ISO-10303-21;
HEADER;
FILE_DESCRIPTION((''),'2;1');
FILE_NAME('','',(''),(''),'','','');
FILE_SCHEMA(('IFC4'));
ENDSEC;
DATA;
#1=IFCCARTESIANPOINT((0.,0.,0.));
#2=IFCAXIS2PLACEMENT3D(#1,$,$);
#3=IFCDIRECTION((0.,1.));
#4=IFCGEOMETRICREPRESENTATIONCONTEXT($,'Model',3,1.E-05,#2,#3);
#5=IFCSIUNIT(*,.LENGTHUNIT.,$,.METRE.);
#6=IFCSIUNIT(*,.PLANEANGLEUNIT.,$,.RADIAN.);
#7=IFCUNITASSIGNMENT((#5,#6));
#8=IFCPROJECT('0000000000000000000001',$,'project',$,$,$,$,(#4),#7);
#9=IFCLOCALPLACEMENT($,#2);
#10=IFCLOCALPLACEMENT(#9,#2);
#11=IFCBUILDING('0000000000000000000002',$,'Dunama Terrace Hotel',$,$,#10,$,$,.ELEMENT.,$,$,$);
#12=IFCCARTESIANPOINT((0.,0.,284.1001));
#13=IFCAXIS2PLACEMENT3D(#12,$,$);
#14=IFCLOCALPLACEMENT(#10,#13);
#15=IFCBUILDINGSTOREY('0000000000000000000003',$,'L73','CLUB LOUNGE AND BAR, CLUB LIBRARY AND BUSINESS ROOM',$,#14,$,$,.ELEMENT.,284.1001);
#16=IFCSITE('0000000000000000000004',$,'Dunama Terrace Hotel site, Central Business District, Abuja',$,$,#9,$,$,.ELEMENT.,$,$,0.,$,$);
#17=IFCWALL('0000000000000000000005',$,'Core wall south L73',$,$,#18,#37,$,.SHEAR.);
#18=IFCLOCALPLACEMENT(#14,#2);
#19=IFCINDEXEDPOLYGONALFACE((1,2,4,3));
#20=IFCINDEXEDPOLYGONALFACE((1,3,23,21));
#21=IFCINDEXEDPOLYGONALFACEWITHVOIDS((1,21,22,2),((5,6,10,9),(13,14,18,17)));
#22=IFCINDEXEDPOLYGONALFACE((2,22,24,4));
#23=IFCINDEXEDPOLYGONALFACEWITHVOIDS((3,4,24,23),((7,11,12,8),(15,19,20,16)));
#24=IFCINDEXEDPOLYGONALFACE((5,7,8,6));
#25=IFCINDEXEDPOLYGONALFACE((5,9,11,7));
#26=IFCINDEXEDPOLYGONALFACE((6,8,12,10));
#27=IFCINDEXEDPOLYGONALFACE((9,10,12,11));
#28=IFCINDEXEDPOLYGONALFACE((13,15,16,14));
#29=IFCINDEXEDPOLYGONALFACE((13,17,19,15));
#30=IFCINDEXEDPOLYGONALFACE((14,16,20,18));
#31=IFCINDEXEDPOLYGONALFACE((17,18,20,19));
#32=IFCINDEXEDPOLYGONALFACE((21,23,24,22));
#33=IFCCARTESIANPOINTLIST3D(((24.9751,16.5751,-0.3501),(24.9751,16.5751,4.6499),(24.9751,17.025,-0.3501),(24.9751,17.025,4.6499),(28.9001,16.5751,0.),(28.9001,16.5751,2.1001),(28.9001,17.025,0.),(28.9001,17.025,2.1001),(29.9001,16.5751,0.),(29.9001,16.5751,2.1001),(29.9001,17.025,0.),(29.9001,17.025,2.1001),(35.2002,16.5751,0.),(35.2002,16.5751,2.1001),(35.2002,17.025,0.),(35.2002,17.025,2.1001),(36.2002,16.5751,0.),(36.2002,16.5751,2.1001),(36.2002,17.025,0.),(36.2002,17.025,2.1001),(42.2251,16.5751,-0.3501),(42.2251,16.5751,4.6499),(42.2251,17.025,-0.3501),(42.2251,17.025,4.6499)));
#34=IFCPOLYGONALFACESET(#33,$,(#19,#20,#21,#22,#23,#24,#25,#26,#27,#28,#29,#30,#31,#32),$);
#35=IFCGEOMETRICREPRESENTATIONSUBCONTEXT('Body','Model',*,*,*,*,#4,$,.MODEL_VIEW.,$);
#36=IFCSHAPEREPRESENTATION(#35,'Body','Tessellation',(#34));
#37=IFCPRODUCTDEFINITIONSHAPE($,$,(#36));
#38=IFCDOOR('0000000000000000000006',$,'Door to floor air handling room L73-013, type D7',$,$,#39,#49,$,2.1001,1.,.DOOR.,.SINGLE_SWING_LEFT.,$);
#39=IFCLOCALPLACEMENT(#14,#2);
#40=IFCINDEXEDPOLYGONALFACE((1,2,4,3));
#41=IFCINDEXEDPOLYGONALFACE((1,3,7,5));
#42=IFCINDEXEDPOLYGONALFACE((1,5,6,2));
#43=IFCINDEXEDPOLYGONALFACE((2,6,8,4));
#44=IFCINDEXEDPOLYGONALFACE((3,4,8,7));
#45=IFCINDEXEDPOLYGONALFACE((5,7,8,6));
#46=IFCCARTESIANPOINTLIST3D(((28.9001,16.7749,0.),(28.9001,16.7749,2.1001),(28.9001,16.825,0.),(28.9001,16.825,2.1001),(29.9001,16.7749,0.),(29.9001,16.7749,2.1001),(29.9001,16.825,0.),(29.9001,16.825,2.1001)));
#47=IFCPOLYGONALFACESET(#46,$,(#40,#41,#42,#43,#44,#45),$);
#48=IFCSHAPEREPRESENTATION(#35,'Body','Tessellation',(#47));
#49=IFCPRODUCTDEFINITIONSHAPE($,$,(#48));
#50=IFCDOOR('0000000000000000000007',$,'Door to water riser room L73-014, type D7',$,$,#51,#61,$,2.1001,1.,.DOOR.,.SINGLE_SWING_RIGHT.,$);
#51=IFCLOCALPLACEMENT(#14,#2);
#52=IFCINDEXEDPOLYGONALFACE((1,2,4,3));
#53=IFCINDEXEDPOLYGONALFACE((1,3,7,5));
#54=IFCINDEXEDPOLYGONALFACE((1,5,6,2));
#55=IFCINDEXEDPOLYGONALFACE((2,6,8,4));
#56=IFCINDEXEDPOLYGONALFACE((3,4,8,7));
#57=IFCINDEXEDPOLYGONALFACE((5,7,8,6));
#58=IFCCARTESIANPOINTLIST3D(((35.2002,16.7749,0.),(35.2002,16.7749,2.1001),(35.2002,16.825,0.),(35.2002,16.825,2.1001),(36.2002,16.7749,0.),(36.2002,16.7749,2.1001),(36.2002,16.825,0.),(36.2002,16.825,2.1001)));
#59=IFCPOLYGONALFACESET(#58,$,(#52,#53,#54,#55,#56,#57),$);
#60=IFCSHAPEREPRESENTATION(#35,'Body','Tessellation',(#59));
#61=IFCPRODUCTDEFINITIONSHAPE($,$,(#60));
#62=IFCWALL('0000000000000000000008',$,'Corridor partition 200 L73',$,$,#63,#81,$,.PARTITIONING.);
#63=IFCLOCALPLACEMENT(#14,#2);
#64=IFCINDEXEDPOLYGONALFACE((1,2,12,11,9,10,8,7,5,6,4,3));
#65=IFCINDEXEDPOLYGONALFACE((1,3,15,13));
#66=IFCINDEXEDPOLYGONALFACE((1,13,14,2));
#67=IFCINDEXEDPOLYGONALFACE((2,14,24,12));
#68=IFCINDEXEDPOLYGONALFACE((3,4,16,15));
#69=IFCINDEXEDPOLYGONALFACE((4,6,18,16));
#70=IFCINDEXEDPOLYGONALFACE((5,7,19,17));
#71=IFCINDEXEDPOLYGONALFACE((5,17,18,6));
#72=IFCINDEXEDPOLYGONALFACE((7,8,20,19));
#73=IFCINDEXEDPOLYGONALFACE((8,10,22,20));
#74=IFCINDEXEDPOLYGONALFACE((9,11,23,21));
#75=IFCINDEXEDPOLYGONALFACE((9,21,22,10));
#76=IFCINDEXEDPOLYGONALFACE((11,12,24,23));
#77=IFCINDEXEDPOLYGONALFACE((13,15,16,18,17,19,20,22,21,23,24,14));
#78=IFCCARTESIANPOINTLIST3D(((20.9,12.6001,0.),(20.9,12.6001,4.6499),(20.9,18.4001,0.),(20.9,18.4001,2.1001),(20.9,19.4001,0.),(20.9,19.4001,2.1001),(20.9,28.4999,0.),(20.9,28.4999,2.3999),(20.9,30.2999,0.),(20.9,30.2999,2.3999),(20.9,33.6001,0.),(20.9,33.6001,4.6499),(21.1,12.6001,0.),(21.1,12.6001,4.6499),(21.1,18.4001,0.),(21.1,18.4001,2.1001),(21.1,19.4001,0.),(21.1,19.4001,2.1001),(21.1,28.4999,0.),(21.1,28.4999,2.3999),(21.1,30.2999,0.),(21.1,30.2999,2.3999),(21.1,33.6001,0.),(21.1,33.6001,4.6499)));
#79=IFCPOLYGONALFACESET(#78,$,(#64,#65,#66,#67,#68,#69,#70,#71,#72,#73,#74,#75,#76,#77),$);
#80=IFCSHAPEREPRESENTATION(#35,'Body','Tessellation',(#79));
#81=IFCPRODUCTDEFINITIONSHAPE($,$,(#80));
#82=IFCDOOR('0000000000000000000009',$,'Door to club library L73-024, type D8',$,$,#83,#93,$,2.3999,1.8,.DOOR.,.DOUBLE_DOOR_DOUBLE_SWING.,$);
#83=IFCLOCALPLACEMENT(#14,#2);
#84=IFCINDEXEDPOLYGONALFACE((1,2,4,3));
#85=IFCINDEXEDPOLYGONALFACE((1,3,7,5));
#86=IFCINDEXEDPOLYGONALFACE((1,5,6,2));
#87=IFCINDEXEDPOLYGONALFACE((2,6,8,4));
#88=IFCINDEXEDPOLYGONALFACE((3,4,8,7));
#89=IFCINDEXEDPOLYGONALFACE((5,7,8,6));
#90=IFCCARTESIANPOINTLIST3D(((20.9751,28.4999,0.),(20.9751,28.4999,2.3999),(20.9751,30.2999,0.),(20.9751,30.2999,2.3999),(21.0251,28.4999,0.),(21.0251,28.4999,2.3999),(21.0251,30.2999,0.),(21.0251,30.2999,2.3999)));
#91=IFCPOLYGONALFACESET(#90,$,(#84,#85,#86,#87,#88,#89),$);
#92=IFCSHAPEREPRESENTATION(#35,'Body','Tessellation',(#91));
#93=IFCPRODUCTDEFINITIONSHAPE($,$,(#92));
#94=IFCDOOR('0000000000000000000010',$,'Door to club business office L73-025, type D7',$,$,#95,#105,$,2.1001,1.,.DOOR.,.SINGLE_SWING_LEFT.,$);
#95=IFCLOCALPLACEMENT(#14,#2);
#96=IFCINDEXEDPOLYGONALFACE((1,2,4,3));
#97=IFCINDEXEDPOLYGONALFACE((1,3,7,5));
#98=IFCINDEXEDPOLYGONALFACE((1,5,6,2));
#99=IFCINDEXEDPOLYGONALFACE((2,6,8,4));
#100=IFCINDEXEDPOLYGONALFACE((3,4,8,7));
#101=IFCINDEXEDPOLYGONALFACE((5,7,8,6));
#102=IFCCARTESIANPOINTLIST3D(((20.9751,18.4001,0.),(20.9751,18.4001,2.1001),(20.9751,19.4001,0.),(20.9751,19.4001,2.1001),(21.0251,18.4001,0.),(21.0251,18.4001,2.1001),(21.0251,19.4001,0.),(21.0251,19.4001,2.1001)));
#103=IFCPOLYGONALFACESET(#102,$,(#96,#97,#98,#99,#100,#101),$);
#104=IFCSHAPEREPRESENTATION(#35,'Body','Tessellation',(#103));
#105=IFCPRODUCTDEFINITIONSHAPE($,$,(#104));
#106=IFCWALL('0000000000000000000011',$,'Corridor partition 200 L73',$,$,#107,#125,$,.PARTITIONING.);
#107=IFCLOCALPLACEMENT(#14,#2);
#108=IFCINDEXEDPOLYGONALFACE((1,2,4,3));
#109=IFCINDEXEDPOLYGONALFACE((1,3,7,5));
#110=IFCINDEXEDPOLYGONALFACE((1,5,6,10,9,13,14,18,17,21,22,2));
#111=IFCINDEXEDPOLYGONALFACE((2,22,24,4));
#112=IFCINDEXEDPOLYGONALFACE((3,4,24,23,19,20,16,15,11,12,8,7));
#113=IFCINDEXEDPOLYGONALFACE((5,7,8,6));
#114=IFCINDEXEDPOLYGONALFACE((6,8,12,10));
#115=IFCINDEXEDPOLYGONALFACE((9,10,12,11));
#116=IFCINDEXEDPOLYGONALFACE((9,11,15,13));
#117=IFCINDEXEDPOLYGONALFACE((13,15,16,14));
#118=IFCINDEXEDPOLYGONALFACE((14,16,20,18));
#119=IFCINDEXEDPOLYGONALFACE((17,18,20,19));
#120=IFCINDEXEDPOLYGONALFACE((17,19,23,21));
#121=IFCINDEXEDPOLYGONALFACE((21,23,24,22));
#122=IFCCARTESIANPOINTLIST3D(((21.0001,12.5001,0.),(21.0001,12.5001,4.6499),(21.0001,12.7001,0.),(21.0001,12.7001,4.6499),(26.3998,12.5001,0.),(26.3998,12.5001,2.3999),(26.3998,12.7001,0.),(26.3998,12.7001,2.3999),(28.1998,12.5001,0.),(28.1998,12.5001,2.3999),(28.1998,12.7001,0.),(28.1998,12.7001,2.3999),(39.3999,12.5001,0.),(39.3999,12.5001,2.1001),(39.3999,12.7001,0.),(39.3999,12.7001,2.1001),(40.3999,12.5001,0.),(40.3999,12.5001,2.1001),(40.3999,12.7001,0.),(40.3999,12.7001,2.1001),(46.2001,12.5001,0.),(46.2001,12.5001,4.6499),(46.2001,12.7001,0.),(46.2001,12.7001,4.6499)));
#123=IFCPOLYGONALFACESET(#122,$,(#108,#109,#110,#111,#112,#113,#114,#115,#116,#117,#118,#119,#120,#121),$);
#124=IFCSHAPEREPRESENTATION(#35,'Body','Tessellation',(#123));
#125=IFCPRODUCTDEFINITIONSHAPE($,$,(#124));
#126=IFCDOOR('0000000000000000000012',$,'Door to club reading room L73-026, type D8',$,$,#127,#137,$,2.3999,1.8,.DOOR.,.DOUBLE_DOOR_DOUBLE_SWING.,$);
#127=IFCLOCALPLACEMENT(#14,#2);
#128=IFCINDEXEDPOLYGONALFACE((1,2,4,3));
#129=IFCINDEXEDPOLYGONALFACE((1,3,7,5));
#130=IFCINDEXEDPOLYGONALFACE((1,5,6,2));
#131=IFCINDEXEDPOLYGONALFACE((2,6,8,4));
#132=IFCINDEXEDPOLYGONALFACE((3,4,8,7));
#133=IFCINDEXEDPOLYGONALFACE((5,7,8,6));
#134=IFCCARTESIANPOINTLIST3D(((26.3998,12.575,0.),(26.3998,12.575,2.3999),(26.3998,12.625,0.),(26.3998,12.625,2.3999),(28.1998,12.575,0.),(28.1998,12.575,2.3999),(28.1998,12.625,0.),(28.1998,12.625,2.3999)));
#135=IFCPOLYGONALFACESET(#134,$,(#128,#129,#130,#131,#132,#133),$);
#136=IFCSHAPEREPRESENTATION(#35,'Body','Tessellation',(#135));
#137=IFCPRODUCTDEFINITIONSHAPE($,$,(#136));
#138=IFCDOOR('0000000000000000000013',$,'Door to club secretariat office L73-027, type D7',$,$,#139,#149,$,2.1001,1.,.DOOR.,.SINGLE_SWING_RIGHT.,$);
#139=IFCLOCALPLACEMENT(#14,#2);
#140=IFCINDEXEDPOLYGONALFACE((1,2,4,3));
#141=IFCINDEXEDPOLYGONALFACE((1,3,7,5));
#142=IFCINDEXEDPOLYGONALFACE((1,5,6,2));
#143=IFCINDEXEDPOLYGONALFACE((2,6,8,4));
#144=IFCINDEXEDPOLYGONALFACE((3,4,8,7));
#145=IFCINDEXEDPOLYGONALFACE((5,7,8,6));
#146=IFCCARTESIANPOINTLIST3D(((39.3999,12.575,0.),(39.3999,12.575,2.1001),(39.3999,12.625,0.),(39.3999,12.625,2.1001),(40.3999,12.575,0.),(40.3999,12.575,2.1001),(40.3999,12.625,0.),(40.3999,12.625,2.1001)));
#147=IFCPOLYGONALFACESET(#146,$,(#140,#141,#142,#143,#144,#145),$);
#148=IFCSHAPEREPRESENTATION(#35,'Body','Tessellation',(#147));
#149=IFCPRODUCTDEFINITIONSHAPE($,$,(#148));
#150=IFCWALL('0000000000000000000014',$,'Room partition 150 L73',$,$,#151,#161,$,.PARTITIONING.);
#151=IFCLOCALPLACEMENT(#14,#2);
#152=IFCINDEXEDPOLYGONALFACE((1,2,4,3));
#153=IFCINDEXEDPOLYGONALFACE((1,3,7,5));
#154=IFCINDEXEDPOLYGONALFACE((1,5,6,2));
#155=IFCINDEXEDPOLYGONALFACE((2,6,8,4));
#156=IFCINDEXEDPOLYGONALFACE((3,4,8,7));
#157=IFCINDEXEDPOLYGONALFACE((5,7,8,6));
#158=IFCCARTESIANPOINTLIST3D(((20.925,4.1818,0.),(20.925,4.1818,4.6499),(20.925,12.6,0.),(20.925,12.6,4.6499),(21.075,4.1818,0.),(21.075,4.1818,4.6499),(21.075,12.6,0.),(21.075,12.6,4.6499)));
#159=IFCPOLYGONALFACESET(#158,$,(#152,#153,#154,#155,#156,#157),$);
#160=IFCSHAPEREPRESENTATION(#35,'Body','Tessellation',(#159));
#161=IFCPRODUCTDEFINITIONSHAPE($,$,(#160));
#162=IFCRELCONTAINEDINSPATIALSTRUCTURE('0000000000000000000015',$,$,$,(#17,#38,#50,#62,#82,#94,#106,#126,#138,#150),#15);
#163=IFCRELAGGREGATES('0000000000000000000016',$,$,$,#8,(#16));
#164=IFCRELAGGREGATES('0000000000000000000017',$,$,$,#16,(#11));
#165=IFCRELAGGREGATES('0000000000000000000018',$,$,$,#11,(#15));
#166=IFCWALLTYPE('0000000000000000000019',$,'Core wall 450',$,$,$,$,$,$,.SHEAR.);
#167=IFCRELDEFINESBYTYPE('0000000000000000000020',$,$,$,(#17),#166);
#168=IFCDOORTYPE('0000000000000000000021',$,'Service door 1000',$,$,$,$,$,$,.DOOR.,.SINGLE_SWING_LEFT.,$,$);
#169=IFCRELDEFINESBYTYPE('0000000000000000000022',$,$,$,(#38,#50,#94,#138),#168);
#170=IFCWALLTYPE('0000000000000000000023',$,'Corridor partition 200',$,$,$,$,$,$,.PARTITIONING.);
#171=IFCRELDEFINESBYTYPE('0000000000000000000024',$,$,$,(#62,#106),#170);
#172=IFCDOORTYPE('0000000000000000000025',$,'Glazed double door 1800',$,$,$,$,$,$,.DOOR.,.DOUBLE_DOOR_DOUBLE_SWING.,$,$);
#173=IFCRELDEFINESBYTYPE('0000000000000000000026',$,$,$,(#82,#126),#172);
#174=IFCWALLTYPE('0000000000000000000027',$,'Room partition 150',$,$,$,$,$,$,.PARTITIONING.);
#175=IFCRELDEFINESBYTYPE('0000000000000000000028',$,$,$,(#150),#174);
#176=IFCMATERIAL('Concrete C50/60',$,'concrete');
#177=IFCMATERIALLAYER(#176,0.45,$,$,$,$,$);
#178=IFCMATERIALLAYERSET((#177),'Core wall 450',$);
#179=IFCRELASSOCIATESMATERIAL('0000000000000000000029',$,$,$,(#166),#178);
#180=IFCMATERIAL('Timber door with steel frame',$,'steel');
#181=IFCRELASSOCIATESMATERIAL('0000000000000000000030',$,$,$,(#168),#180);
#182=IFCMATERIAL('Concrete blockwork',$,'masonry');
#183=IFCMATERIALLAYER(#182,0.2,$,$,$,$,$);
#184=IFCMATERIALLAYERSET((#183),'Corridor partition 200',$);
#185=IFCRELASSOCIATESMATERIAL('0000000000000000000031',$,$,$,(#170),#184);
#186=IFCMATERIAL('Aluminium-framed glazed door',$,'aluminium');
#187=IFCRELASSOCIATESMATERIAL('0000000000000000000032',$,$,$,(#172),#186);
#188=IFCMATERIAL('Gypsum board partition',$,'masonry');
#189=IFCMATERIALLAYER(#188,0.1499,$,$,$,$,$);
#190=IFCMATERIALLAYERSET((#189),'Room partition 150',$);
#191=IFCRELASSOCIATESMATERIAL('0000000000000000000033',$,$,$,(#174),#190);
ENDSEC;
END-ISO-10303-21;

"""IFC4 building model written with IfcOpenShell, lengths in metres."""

from ifc_helpers import new_model, si_unit, direction, frame, frame_2d, origin, place, context, subcontext, project, spatial, rectangle, extrude, material, layer, layer_set, type_object, element, fill, save


model = new_model("IFC4")

# Units and contexts
model_context = context("Model", 3, precision=1e-05, world=origin(), true_north=direction((0.0, 1.0)))
body_context = subcontext(model_context, "Body", "Model", "MODEL_VIEW")
ifc_project = project(units=[si_unit("LENGTHUNIT", "METRE"), si_unit("PLANEANGLEUNIT", "RADIAN")], contexts=[model_context])

# Site, building, storey
site_placement = place(None, origin())
site = spatial("IfcSite", under=ifc_project, at=site_placement, Name="Dunama Terrace Hotel site, Central Business District, Abuja", CompositionType="ELEMENT", RefElevation=0.0)
building_placement = place(site_placement, origin())
building = spatial("IfcBuilding", under=site, at=building_placement, Name="Dunama Terrace Hotel", CompositionType="ELEMENT")
storey_placement = place(building_placement, frame((0.0, 0.0, 284.1001)))
storey = spatial("IfcBuildingStorey", under=building, at=storey_placement, Name="L73", Description="CLUB LOUNGE AND BAR, CLUB LIBRARY AND BUSINESS ROOM", CompositionType="ELEMENT", Elevation=284.1001)

# Walls, openings, doors
ifc_material_1 = material(Name="Concrete C50/60", Category="concrete")
ifc_layer_1 = layer(ifc_material_1, 0.45)
ifc_layer_set_1 = layer_set([ifc_layer_1], Name="Core wall 450")
wall_type_1 = type_object("IfcWallType", Name="Core wall 450", PredefinedType="SHEAR", material=ifc_layer_set_1)
wall_1_placement = place(storey_placement, frame((24.9751, 16.8, -0.3501), z_axis=(0.0, 0.0, 1.0), x_axis=(1.0, 0.0, 0.0)))
wall_1 = element("IfcWall", 1, at=wall_1_placement, inside=storey, type_object=wall_type_1, Name="Core wall south L73", PredefinedType="SHEAR", context=body_context, shape_type="SweptSolid", body=[
    extrude(rectangle(XDim=17.25, YDim=0.45, at=frame_2d((8.625, 0.0))), origin(), (0.0, 0.0, 1.0), 5.0),
])
opening_1_placement = place(wall_1_placement, frame((3.925, 0.0, 0.3501)))
opening_1 = element("IfcOpeningElement", 2, at=opening_1_placement, cuts=wall_1, PredefinedType="OPENING", context=body_context, shape_type="SweptSolid", body=[
    extrude(rectangle(XDim=1.0, YDim=2.1001, at=frame_2d((0.5, 1.05))), frame((0.0, 0.2349, 0.0), z_axis=(0.0, -1.0, 0.0), x_axis=(1.0, 0.0, 0.0)), (0.0, 0.0, 1.0), 0.47),
])
opening_2_placement = place(wall_1_placement, frame((10.2251, 0.0, 0.3501)))
opening_2 = element("IfcOpeningElement", 3, at=opening_2_placement, cuts=wall_1, PredefinedType="OPENING", context=body_context, shape_type="SweptSolid", body=[
    extrude(rectangle(XDim=1.0, YDim=2.1001, at=frame_2d((0.5, 1.05))), frame((0.0, 0.2349, 0.0), z_axis=(0.0, -1.0, 0.0), x_axis=(1.0, 0.0, 0.0)), (0.0, 0.0, 1.0), 0.47),
])
ifc_material_2 = material(Name="Timber door with steel frame", Category="steel")
door_type_1 = type_object("IfcDoorType", Name="Service door 1000", OperationType="SINGLE_SWING_LEFT", PredefinedType="DOOR", material=ifc_material_2)
door_1_placement = place(opening_1_placement, origin())
door_1 = element("IfcDoor", 4, at=door_1_placement, inside=storey, type_object=door_type_1, Name="Door to floor air handling room L73-013, type D7", OperationType="SINGLE_SWING_LEFT", OverallHeight=2.1001, OverallWidth=1.0, PredefinedType="DOOR", context=body_context, shape_type="SweptSolid", body=[
    extrude(rectangle(XDim=1.0, YDim=2.1001, at=frame_2d((0.5, 1.05))), frame((0.0, 0.0249, 0.0), z_axis=(0.0, -1.0, 0.0), x_axis=(1.0, 0.0, 0.0)), (0.0, 0.0, 1.0), 0.05),
])
fill(opening_1, door_1)
door_2_placement = place(opening_2_placement, origin())
door_2 = element("IfcDoor", 5, at=door_2_placement, inside=storey, type_object=door_type_1, Name="Door to water riser room L73-014, type D7", OperationType="SINGLE_SWING_RIGHT", OverallHeight=2.1001, OverallWidth=1.0, PredefinedType="DOOR", context=body_context, shape_type="SweptSolid", body=[
    extrude(rectangle(XDim=1.0, YDim=2.1001, at=frame_2d((0.5, 1.05))), frame((0.0, 0.0249, 0.0), z_axis=(0.0, -1.0, 0.0), x_axis=(1.0, 0.0, 0.0)), (0.0, 0.0, 1.0), 0.05),
])
fill(opening_2, door_2)
ifc_material_3 = material(Name="Concrete blockwork", Category="masonry")
ifc_layer_2 = layer(ifc_material_3, 0.2)
ifc_layer_set_2 = layer_set([ifc_layer_2], Name="Corridor partition 200")
wall_type_2 = type_object("IfcWallType", Name="Corridor partition 200", PredefinedType="PARTITIONING", material=ifc_layer_set_2)
wall_2_placement = place(storey_placement, frame((21.0, 12.6001, 0.0), z_axis=(0.0, 0.0, 1.0), x_axis=(0.0, 1.0, 0.0)))
wall_2 = element("IfcWall", 6, at=wall_2_placement, inside=storey, type_object=wall_type_2, Name="Corridor partition 200 L73", PredefinedType="PARTITIONING", context=body_context, shape_type="SweptSolid", body=[
    extrude(rectangle(XDim=21.0, YDim=0.2, at=frame_2d((10.5, 0.0))), origin(), (0.0, 0.0, 1.0), 4.6499),
])
opening_3_placement = place(wall_2_placement, frame((15.8999, 0.0, 0.0)))
opening_3 = element("IfcOpeningElement", 7, at=opening_3_placement, cuts=wall_2, PredefinedType="OPENING", context=body_context, shape_type="SweptSolid", body=[
    extrude(rectangle(XDim=1.8, YDim=2.3999, at=frame_2d((0.8999, 1.2))), frame((0.0, 0.1099, 0.0), z_axis=(0.0, -1.0, 0.0), x_axis=(1.0, 0.0, 0.0)), (0.0, 0.0, 1.0), 0.22),
])
opening_4_placement = place(wall_2_placement, frame((5.8, 0.0, 0.0)))
opening_4 = element("IfcOpeningElement", 8, at=opening_4_placement, cuts=wall_2, PredefinedType="OPENING", context=body_context, shape_type="SweptSolid", body=[
    extrude(rectangle(XDim=1.0, YDim=2.1001, at=frame_2d((0.5, 1.05))), frame((0.0, 0.1099, 0.0), z_axis=(0.0, -1.0, 0.0), x_axis=(1.0, 0.0, 0.0)), (0.0, 0.0, 1.0), 0.22),
])
ifc_material_4 = material(Name="Aluminium-framed glazed door", Category="aluminium")
door_type_2 = type_object("IfcDoorType", Name="Glazed double door 1800", OperationType="DOUBLE_DOOR_DOUBLE_SWING", PredefinedType="DOOR", material=ifc_material_4)
door_3_placement = place(opening_3_placement, origin())
door_3 = element("IfcDoor", 9, at=door_3_placement, inside=storey, type_object=door_type_2, Name="Door to club library L73-024, type D8", OperationType="DOUBLE_DOOR_DOUBLE_SWING", OverallHeight=2.3999, OverallWidth=1.8, PredefinedType="DOOR", context=body_context, shape_type="SweptSolid", body=[
    extrude(rectangle(XDim=1.8, YDim=2.3999, at=frame_2d((0.8999, 1.2))), frame((0.0, 0.0249, 0.0), z_axis=(0.0, -1.0, 0.0), x_axis=(1.0, 0.0, 0.0)), (0.0, 0.0, 1.0), 0.05),
])
fill(opening_3, door_3)
door_4_placement = place(opening_4_placement, origin())
door_4 = element("IfcDoor", 10, at=door_4_placement, inside=storey, type_object=door_type_1, Name="Door to club business office L73-025, type D7", OperationType="SINGLE_SWING_LEFT", OverallHeight=2.1001, OverallWidth=1.0, PredefinedType="DOOR", context=body_context, shape_type="SweptSolid", body=[
    extrude(rectangle(XDim=1.0, YDim=2.1001, at=frame_2d((0.5, 1.05))), frame((0.0, 0.0249, 0.0), z_axis=(0.0, -1.0, 0.0), x_axis=(1.0, 0.0, 0.0)), (0.0, 0.0, 1.0), 0.05),
])
fill(opening_4, door_4)
wall_3_placement = place(storey_placement, frame((21.0, 12.6001, 0.0), z_axis=(0.0, 0.0, 1.0), x_axis=(1.0, 0.0, 0.0)))
wall_3 = element("IfcWall", 11, at=wall_3_placement, inside=storey, type_object=wall_type_2, Name="Corridor partition 200 L73", PredefinedType="PARTITIONING", context=body_context, shape_type="SweptSolid", body=[
    extrude(rectangle(XDim=25.2, YDim=0.2, at=frame_2d((12.6001, 0.0))), origin(), (0.0, 0.0, 1.0), 4.6499),
])
opening_5_placement = place(wall_3_placement, frame((5.3999, 0.0, 0.0)))
opening_5 = element("IfcOpeningElement", 12, at=opening_5_placement, cuts=wall_3, PredefinedType="OPENING", context=body_context, shape_type="SweptSolid", body=[
    extrude(rectangle(XDim=1.8, YDim=2.3999, at=frame_2d((0.8999, 1.2))), frame((0.0, 0.1099, 0.0), z_axis=(0.0, -1.0, 0.0), x_axis=(1.0, 0.0, 0.0)), (0.0, 0.0, 1.0), 0.22),
])
opening_6_placement = place(wall_3_placement, frame((18.3999, 0.0, 0.0)))
opening_6 = element("IfcOpeningElement", 13, at=opening_6_placement, cuts=wall_3, PredefinedType="OPENING", context=body_context, shape_type="SweptSolid", body=[
    extrude(rectangle(XDim=1.0, YDim=2.1001, at=frame_2d((0.5, 1.05))), frame((0.0, 0.1099, 0.0), z_axis=(0.0, -1.0, 0.0), x_axis=(1.0, 0.0, 0.0)), (0.0, 0.0, 1.0), 0.22),
])
door_5_placement = place(opening_5_placement, origin())
door_5 = element("IfcDoor", 14, at=door_5_placement, inside=storey, type_object=door_type_2, Name="Door to club reading room L73-026, type D8", OperationType="DOUBLE_DOOR_DOUBLE_SWING", OverallHeight=2.3999, OverallWidth=1.8, PredefinedType="DOOR", context=body_context, shape_type="SweptSolid", body=[
    extrude(rectangle(XDim=1.8, YDim=2.3999, at=frame_2d((0.8999, 1.2))), frame((0.0, 0.0249, 0.0), z_axis=(0.0, -1.0, 0.0), x_axis=(1.0, 0.0, 0.0)), (0.0, 0.0, 1.0), 0.05),
])
fill(opening_5, door_5)
door_6_placement = place(opening_6_placement, frame((1.0, 0.0, 0.0), z_axis=(0.0, 0.0, 1.0), x_axis=(-1.0, 0.0, 0.0)))
door_6 = element("IfcDoor", 15, at=door_6_placement, inside=storey, type_object=door_type_1, Name="Door to club secretariat office L73-027, type D7", OperationType="SINGLE_SWING_RIGHT", OverallHeight=2.1001, OverallWidth=1.0, PredefinedType="DOOR", context=body_context, shape_type="SweptSolid", body=[
    extrude(rectangle(XDim=1.0, YDim=2.1001, at=frame_2d((0.5, 1.05))), frame((0.0, 0.0251, 0.0), z_axis=(0.0, -1.0, 0.0), x_axis=(1.0, 0.0, 0.0)), (0.0, 0.0, 1.0), 0.05),
])
fill(opening_6, door_6)

# Wall
ifc_material_5 = material(Name="Gypsum board partition", Category="masonry")
ifc_layer_3 = layer(ifc_material_5, 0.1499)
ifc_layer_set_3 = layer_set([ifc_layer_3], Name="Room partition 150")
wall_type_3 = type_object("IfcWallType", Name="Room partition 150", PredefinedType="PARTITIONING", material=ifc_layer_set_3)
wall_4_placement = place(storey_placement, frame((21.0, 4.1819, 0.0), z_axis=(0.0, 0.0, 1.0), x_axis=(0.0, 1.0, 0.0)))
element("IfcWall", 16, at=wall_4_placement, inside=storey, type_object=wall_type_3, Name="Room partition 150 L73", PredefinedType="PARTITIONING", context=body_context, shape_type="SweptSolid", body=[
    extrude(rectangle(XDim=8.4182, YDim=0.1499, at=frame_2d((4.209, 0.0))), origin(), (0.0, 0.0, 1.0), 4.6499),
])

save(model, "model.ifc")
